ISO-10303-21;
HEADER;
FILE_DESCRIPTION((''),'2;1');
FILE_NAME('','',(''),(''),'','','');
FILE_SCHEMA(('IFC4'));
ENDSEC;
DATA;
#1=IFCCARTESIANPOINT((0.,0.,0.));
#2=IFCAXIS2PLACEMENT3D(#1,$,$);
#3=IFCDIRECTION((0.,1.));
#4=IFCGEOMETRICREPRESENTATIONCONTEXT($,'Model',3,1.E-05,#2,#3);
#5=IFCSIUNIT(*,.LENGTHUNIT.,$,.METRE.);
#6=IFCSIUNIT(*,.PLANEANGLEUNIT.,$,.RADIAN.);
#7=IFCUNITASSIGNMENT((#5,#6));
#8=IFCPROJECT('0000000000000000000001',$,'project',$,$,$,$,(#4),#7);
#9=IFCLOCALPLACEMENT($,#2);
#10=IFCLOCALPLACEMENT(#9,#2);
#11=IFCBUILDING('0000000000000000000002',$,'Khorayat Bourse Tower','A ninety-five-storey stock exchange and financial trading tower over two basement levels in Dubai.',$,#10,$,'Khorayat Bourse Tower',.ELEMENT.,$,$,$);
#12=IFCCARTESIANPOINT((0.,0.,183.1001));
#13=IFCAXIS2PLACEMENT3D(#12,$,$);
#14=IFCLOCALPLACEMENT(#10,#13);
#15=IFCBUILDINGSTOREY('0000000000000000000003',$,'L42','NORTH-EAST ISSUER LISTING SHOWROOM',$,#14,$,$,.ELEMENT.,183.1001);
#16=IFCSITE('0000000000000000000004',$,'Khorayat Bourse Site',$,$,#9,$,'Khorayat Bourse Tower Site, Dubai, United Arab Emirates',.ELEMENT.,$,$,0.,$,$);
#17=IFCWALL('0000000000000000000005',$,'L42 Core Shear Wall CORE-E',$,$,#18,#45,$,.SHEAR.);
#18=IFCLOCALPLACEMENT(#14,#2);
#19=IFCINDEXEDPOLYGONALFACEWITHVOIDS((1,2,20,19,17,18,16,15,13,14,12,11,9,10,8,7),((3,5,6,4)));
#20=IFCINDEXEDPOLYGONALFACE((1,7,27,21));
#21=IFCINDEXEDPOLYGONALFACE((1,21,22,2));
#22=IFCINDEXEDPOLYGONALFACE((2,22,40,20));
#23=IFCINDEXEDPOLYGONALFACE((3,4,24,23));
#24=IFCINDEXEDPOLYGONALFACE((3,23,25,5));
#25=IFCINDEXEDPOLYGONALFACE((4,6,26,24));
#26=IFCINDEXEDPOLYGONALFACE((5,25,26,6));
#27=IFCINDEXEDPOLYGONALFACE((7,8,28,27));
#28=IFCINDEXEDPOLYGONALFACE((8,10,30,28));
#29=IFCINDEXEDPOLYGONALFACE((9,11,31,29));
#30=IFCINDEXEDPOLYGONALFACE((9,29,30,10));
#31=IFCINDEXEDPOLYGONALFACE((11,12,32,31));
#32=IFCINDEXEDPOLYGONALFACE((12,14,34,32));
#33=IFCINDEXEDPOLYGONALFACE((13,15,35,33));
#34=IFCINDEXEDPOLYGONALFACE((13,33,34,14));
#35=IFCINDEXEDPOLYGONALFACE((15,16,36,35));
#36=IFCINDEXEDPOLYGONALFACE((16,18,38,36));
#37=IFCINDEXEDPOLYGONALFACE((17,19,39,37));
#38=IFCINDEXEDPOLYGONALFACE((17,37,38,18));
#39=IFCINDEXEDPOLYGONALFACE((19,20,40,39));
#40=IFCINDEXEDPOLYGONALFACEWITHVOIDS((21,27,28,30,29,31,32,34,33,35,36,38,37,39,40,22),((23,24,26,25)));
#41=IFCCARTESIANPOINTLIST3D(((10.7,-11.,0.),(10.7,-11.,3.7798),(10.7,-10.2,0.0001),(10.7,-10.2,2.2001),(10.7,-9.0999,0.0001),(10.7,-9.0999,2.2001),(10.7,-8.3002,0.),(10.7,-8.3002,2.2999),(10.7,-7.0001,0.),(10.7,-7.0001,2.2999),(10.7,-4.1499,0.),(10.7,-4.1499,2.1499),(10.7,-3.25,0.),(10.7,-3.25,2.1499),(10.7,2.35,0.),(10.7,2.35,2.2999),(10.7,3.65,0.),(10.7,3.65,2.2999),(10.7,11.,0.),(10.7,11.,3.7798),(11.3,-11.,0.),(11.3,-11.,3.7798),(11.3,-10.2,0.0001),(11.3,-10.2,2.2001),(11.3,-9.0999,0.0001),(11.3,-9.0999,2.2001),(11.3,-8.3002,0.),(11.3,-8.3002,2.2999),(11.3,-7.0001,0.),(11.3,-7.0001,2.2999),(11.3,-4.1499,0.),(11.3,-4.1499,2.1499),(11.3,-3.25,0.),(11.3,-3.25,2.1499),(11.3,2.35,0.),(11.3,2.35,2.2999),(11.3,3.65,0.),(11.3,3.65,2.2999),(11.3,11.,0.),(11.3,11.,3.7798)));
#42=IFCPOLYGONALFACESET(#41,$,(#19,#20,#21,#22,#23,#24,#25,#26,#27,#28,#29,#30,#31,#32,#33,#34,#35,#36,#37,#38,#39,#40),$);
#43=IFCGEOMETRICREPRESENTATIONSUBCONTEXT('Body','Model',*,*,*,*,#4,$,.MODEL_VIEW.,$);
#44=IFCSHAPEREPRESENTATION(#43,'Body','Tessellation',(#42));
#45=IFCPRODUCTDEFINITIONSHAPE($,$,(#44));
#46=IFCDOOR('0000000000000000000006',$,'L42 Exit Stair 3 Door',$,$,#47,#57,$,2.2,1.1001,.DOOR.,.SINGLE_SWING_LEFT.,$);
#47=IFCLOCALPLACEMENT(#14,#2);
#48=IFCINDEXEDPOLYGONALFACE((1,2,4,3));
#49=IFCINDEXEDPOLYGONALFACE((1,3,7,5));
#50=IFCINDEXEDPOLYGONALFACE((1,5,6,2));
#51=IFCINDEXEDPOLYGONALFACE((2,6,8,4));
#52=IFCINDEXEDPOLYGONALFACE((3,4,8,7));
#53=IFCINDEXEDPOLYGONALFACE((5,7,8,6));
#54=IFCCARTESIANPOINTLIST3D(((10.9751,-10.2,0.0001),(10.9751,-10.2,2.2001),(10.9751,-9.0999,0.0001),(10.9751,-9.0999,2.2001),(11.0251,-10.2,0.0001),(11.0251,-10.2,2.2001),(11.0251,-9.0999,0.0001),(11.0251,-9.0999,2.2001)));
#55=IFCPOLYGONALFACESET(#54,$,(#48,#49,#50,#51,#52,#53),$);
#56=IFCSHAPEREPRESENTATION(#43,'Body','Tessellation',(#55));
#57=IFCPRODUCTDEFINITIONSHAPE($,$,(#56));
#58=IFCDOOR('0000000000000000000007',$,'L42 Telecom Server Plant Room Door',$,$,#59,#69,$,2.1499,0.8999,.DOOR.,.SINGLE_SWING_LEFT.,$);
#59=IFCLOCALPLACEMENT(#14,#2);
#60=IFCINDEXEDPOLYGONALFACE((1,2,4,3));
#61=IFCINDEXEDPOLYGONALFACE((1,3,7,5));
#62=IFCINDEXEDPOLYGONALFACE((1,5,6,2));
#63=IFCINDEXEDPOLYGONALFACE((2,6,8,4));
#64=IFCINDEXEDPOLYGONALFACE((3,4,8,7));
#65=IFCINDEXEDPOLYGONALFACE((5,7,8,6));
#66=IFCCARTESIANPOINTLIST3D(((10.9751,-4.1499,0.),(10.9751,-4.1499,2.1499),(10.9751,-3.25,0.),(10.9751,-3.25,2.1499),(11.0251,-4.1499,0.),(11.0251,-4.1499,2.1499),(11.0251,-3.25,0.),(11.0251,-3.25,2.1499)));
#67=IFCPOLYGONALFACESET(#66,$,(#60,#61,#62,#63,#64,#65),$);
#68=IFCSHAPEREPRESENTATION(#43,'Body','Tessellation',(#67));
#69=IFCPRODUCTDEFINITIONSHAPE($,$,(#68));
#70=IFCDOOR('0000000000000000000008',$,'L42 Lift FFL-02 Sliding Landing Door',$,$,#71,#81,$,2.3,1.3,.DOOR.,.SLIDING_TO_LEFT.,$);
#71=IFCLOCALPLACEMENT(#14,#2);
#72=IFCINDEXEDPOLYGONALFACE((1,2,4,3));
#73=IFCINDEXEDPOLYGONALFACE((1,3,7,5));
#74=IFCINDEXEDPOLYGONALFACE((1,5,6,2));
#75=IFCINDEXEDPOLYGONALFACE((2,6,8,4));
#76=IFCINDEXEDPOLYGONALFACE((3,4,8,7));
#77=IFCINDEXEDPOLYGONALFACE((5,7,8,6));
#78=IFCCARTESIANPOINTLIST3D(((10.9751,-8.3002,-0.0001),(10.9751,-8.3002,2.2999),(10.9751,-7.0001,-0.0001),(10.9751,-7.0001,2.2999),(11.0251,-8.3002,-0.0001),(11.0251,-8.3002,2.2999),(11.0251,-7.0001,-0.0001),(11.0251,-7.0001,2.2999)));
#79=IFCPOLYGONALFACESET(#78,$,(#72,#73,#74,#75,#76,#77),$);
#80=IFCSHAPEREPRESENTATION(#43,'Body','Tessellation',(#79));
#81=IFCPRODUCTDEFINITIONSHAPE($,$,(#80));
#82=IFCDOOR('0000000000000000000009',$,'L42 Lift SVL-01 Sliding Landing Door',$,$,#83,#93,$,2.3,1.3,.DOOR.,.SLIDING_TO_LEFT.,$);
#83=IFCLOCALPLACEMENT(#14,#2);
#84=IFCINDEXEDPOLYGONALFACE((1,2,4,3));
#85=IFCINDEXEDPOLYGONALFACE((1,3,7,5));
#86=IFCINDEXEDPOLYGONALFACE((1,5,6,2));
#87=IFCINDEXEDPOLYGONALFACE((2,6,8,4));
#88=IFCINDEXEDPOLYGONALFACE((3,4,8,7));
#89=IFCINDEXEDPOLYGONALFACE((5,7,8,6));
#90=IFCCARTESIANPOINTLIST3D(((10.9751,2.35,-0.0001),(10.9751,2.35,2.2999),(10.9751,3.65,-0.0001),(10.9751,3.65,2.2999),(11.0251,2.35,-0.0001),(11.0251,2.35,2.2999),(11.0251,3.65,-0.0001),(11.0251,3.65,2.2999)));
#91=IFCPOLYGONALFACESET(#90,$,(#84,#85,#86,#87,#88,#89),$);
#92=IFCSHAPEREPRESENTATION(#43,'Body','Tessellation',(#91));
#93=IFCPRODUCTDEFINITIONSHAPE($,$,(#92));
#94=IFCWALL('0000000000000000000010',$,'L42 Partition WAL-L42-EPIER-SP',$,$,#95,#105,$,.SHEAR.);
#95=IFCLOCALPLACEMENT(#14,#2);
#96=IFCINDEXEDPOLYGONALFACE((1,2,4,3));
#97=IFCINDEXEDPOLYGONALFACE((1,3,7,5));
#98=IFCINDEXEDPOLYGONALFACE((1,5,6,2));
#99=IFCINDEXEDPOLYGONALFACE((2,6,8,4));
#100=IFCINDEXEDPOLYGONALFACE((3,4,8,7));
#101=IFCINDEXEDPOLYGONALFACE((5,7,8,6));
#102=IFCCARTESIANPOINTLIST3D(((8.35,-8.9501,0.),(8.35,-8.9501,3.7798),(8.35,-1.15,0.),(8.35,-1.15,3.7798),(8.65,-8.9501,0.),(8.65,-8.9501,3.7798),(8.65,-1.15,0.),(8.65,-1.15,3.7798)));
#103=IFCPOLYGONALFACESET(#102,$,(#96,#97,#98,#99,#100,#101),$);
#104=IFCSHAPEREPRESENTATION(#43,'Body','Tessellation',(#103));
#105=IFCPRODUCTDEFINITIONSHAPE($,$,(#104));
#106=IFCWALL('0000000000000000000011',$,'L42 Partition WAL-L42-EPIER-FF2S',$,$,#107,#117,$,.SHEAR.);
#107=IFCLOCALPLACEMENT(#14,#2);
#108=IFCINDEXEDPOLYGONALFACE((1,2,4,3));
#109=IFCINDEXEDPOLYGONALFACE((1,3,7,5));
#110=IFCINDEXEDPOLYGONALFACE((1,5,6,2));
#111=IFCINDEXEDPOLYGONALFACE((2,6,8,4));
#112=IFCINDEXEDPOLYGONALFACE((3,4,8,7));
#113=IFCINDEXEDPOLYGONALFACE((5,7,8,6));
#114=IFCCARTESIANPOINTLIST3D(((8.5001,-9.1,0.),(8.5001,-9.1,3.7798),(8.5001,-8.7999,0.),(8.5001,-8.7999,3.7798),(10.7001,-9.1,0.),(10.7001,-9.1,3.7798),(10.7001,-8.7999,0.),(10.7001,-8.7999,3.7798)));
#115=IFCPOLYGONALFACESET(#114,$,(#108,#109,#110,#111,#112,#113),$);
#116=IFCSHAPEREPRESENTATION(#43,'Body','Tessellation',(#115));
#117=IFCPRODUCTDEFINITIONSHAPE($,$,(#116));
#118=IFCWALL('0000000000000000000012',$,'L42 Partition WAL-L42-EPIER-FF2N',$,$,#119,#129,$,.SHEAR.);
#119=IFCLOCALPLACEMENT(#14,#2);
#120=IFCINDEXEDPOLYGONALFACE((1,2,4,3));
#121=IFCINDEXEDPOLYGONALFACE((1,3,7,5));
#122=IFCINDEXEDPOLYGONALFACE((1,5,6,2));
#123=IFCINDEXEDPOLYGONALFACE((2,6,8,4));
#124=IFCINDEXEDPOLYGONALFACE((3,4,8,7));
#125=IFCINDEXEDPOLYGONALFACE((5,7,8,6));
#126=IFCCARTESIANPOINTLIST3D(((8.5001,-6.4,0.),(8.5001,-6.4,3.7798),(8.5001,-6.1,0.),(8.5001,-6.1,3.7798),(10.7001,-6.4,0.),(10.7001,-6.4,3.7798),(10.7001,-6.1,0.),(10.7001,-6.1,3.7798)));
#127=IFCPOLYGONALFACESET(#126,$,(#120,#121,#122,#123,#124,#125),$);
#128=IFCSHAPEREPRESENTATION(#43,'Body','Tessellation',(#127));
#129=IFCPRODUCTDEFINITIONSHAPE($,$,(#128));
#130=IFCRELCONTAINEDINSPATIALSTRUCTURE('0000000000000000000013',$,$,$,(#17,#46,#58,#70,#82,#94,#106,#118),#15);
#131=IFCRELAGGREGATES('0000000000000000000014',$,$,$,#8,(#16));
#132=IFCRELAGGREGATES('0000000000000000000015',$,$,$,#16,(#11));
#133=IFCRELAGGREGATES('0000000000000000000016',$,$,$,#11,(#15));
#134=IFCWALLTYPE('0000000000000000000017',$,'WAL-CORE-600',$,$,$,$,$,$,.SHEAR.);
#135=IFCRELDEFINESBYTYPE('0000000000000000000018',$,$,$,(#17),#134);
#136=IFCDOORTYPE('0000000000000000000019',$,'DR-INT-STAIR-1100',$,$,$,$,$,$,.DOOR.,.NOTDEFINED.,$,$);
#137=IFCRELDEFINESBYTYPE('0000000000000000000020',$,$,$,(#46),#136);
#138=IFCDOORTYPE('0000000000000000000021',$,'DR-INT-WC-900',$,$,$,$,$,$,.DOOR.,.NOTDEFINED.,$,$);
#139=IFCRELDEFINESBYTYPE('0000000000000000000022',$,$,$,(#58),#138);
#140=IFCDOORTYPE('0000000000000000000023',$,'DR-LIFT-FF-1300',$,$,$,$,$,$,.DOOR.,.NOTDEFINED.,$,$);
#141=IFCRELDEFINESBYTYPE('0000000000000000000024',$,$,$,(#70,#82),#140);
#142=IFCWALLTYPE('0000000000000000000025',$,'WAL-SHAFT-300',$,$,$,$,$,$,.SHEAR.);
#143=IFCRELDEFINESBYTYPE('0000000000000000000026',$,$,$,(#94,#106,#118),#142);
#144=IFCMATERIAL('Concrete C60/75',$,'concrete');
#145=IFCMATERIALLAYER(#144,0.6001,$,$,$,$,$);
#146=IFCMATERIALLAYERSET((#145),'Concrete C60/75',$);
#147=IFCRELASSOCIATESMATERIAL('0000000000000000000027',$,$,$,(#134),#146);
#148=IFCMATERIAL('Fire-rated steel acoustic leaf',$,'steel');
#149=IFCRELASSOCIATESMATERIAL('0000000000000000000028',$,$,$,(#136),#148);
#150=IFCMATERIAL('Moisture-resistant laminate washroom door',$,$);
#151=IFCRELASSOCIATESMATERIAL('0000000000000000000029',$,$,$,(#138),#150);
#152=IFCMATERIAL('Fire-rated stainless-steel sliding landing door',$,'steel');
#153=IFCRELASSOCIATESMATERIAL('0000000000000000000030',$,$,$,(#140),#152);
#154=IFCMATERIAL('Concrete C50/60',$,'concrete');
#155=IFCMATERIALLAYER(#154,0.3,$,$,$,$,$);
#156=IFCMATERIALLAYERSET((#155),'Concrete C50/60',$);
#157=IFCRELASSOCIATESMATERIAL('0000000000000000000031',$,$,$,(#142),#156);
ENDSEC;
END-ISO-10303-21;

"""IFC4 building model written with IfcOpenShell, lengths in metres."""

from ifc_helpers import new_model, si_unit, direction, frame, frame_2d, origin, place, context, subcontext, project, spatial, rectangle, extrude, source, transform, mapped, material, layer, layer_set, type_object, element, fill, save


model = new_model("IFC4")

# Units and contexts
model_context = context("Model", 3, precision=1e-05, world=origin(), true_north=direction((0.0, 1.0)))
body_context = subcontext(model_context, "Body", "Model", "MODEL_VIEW")
ifc_project = project(units=[si_unit("LENGTHUNIT", "METRE"), si_unit("PLANEANGLEUNIT", "RADIAN")], contexts=[model_context])

# Site, building, storey
site_placement = place(None, origin())
site = spatial("IfcSite", under=ifc_project, at=site_placement, Name="Khorayat Bourse Site", LongName="Khorayat Bourse Tower Site, Dubai, United Arab Emirates", CompositionType="ELEMENT", RefElevation=0.0)
building_placement = place(site_placement, origin())
building = spatial("IfcBuilding", under=site, at=building_placement, Name="Khorayat Bourse Tower", Description="A ninety-five-storey stock exchange and financial trading tower over two basement levels in Dubai.", LongName="Khorayat Bourse Tower", CompositionType="ELEMENT")
storey_placement = place(building_placement, frame((0.0, 0.0, 183.1001)))
storey = spatial("IfcBuildingStorey", under=building, at=storey_placement, Name="L42", Description="NORTH-EAST ISSUER LISTING SHOWROOM", CompositionType="ELEMENT", Elevation=183.1001)

# Shared definitions
ifc_material_1 = material(Name="Concrete C60/75", Category="concrete")

# Wall, openings, doors
ifc_layer_1 = layer(ifc_material_1, 0.6001)
ifc_layer_set_1 = layer_set([ifc_layer_1], Name="Concrete C60/75")
wall_type_1 = type_object("IfcWallType", Name="WAL-CORE-600", PredefinedType="SHEAR", material=ifc_layer_set_1)
shared_shape_1 = source(origin(), body_context, "Body", "SweptSolid", [
    extrude(rectangle(XDim=22.0, YDim=0.6001, at=frame_2d((11.0, 0.0))), origin(), (0.0, 0.0, 1.0), 3.7798),
])
wall_1_placement = place(storey_placement, frame((11.0, -11.0, 0.0), z_axis=(0.0, 0.0, 1.0), x_axis=(0.0, 1.0, 0.0)))
wall_1 = element("IfcWall", 1, at=wall_1_placement, inside=storey, type_object=wall_type_1, Name="L42 Core Shear Wall CORE-E", PredefinedType="SHEAR", context=body_context, shape_type="MappedRepresentation", body=[
    mapped(shared_shape_1, transform((0.0, 0.0, 0.0), scale=1.0)),
])
shared_shape_2 = source(origin(), body_context, "Body", "SweptSolid", [
    extrude(rectangle(XDim=1.1001, YDim=2.2, at=frame_2d((0.55, 1.1001))), frame((0.0, 0.3101, 0.0), z_axis=(0.0, -1.0, 0.0), x_axis=(1.0, 0.0, 0.0)), (0.0, 0.0, 1.0), 0.6201),
])
opening_1_placement = place(wall_1_placement, frame((0.8, 0.0, 0.0)))
opening_1 = element("IfcOpeningElement", 2, at=opening_1_placement, cuts=wall_1, PredefinedType="OPENING", context=body_context, shape_type="MappedRepresentation", body=[
    mapped(shared_shape_2, transform((0.0, 0.0, 0.0), scale=1.0)),
])
shared_shape_3 = source(origin(), body_context, "Body", "SweptSolid", [
    extrude(rectangle(XDim=0.8999, YDim=2.1499, at=frame_2d((0.45, 1.075))), frame((0.0, 0.3101, 0.0), z_axis=(0.0, -1.0, 0.0), x_axis=(1.0, 0.0, 0.0)), (0.0, 0.0, 1.0), 0.6201),
])
opening_2_placement = place(wall_1_placement, frame((6.8501, 0.0, 0.0)))
opening_2 = element("IfcOpeningElement", 3, at=opening_2_placement, cuts=wall_1, PredefinedType="OPENING", context=body_context, shape_type="MappedRepresentation", body=[
    mapped(shared_shape_3, transform((0.0, 0.0, 0.0), scale=1.0)),
])
shared_shape_4 = source(origin(), body_context, "Body", "SweptSolid", [
    extrude(rectangle(XDim=1.3, YDim=2.3, at=frame_2d((0.6499, 1.1499))), frame((0.0, 0.3101, 0.0), z_axis=(0.0, -1.0, 0.0), x_axis=(1.0, 0.0, 0.0)), (0.0, 0.0, 1.0), 0.6201),
])
opening_3_placement = place(wall_1_placement, frame((2.7, 0.0, 0.0)))
opening_3 = element("IfcOpeningElement", 4, at=opening_3_placement, cuts=wall_1, PredefinedType="OPENING", context=body_context, shape_type="MappedRepresentation", body=[
    mapped(shared_shape_4, transform((0.0, 0.0, 0.0), scale=1.0)),
])
opening_4_placement = place(wall_1_placement, frame((13.3501, 0.0, 0.0)))
opening_4 = element("IfcOpeningElement", 5, at=opening_4_placement, cuts=wall_1, PredefinedType="OPENING", context=body_context, shape_type="MappedRepresentation", body=[
    mapped(shared_shape_4, transform((0.0, 0.0, 0.0), scale=1.0)),
])
ifc_material_2 = material(Name="Fire-rated steel acoustic leaf", Category="steel")
door_type_1 = type_object("IfcDoorType", Name="DR-INT-STAIR-1100", OperationType="NOTDEFINED", PredefinedType="DOOR", material=ifc_material_2)
shared_shape_5 = source(origin(), body_context, "Body", "SweptSolid", [
    extrude(rectangle(XDim=1.1001, YDim=2.2, at=frame_2d((0.55, 1.1001))), frame((0.0, 0.0249, 0.0), z_axis=(0.0, -1.0, 0.0), x_axis=(1.0, 0.0, 0.0)), (0.0, 0.0, 1.0), 0.05),
])
door_1_placement = place(opening_1_placement, origin())
door_1 = element("IfcDoor", 6, at=door_1_placement, inside=storey, type_object=door_type_1, Name="L42 Exit Stair 3 Door", OperationType="SINGLE_SWING_LEFT", OverallHeight=2.2, OverallWidth=1.1001, PredefinedType="DOOR", context=body_context, shape_type="MappedRepresentation", body=[
    mapped(shared_shape_5, transform((0.0, 0.0, 0.0), scale=1.0)),
])
fill(opening_1, door_1)
ifc_material_3 = material(Name="Moisture-resistant laminate washroom door")
door_type_2 = type_object("IfcDoorType", Name="DR-INT-WC-900", OperationType="NOTDEFINED", PredefinedType="DOOR", material=ifc_material_3)
shared_shape_6 = source(origin(), body_context, "Body", "SweptSolid", [
    extrude(rectangle(XDim=0.8999, YDim=2.1499, at=frame_2d((0.45, 1.075))), frame((0.0, 0.0249, 0.0), z_axis=(0.0, -1.0, 0.0), x_axis=(1.0, 0.0, 0.0)), (0.0, 0.0, 1.0), 0.05),
])
door_2_placement = place(opening_2_placement, origin())
door_2 = element("IfcDoor", 7, at=door_2_placement, inside=storey, type_object=door_type_2, Name="L42 Telecom Server Plant Room Door", OperationType="SINGLE_SWING_LEFT", OverallHeight=2.1499, OverallWidth=0.8999, PredefinedType="DOOR", context=body_context, shape_type="MappedRepresentation", body=[
    mapped(shared_shape_6, transform((0.0, 0.0, 0.0), scale=1.0)),
])
fill(opening_2, door_2)
ifc_material_4 = material(Name="Fire-rated stainless-steel sliding landing door", Category="steel")
door_type_3 = type_object("IfcDoorType", Name="DR-LIFT-FF-1300", OperationType="NOTDEFINED", PredefinedType="DOOR", material=ifc_material_4)
shared_shape_7 = source(origin(), body_context, "Body", "SweptSolid", [
    extrude(rectangle(XDim=1.3, YDim=2.3, at=frame_2d((0.6499, 1.1499))), frame((0.0, 0.0249, 0.0), z_axis=(0.0, -1.0, 0.0), x_axis=(1.0, 0.0, 0.0)), (0.0, 0.0, 1.0), 0.05),
])
door_3_placement = place(opening_3_placement, origin())
door_3 = element("IfcDoor", 8, at=door_3_placement, inside=storey, type_object=door_type_3, Name="L42 Lift FFL-02 Sliding Landing Door", OperationType="SLIDING_TO_LEFT", OverallHeight=2.3, OverallWidth=1.3, PredefinedType="DOOR", context=body_context, shape_type="MappedRepresentation", body=[
    mapped(shared_shape_7, transform((0.0, 0.0, 0.0), scale=1.0)),
])
fill(opening_3, door_3)
door_4_placement = place(opening_4_placement, origin())
door_4 = element("IfcDoor", 9, at=door_4_placement, inside=storey, type_object=door_type_3, Name="L42 Lift SVL-01 Sliding Landing Door", OperationType="SLIDING_TO_LEFT", OverallHeight=2.3, OverallWidth=1.3, PredefinedType="DOOR", context=body_context, shape_type="MappedRepresentation", body=[
    mapped(shared_shape_7, transform((0.0, 0.0, 0.0), scale=1.0)),
])
fill(opening_4, door_4)

# Walls
ifc_material_5 = material(Name="Concrete C50/60", Category="concrete")
ifc_layer_2 = layer(ifc_material_5, 0.3)
ifc_layer_set_2 = layer_set([ifc_layer_2], Name="Concrete C50/60")
wall_type_2 = type_object("IfcWallType", Name="WAL-SHAFT-300", PredefinedType="SHEAR", material=ifc_layer_set_2)
shared_shape_8 = source(origin(), body_context, "Body", "SweptSolid", [
    extrude(rectangle(XDim=7.8, YDim=0.3, at=frame_2d((3.8999, 0.0))), origin(), (0.0, 0.0, 1.0), 3.7798),
])
wall_2_placement = place(storey_placement, frame((8.5, -8.95, 0.0), z_axis=(0.0, 0.0, 1.0), x_axis=(0.0, 1.0, 0.0)))
element("IfcWall", 10, at=wall_2_placement, inside=storey, type_object=wall_type_2, Name="L42 Partition WAL-L42-EPIER-SP", PredefinedType="SHEAR", context=body_context, shape_type="MappedRepresentation", body=[
    mapped(shared_shape_8, transform((0.0, 0.0, 0.0), scale=1.0)),
])
shared_shape_9 = source(origin(), body_context, "Body", "SweptSolid", [
    extrude(rectangle(XDim=2.2, YDim=0.3, at=frame_2d((1.1001, 0.0))), origin(), (0.0, 0.0, 1.0), 3.7798),
])
for number, where, z_axis, x_axis, name in (
    (11, (8.5, -8.95, 0.0), (0.0, 0.0, 1.0), (1.0, 0.0, 0.0), "L42 Partition WAL-L42-EPIER-FF2S"),
    (12, (8.5, -6.25, 0.0), (0.0, 0.0, 1.0), (1.0, 0.0, 0.0), "L42 Partition WAL-L42-EPIER-FF2N"),
):
    element("IfcWall", number, at=place(storey_placement, frame(where, z_axis=z_axis, x_axis=x_axis)), inside=storey, type_object=wall_type_2, Name=name, PredefinedType="SHEAR", context=body_context, shape_type="MappedRepresentation", body=[
        mapped(shared_shape_9, transform((0.0, 0.0, 0.0), scale=1.0)),
    ])

save(model, "model.ifc")
